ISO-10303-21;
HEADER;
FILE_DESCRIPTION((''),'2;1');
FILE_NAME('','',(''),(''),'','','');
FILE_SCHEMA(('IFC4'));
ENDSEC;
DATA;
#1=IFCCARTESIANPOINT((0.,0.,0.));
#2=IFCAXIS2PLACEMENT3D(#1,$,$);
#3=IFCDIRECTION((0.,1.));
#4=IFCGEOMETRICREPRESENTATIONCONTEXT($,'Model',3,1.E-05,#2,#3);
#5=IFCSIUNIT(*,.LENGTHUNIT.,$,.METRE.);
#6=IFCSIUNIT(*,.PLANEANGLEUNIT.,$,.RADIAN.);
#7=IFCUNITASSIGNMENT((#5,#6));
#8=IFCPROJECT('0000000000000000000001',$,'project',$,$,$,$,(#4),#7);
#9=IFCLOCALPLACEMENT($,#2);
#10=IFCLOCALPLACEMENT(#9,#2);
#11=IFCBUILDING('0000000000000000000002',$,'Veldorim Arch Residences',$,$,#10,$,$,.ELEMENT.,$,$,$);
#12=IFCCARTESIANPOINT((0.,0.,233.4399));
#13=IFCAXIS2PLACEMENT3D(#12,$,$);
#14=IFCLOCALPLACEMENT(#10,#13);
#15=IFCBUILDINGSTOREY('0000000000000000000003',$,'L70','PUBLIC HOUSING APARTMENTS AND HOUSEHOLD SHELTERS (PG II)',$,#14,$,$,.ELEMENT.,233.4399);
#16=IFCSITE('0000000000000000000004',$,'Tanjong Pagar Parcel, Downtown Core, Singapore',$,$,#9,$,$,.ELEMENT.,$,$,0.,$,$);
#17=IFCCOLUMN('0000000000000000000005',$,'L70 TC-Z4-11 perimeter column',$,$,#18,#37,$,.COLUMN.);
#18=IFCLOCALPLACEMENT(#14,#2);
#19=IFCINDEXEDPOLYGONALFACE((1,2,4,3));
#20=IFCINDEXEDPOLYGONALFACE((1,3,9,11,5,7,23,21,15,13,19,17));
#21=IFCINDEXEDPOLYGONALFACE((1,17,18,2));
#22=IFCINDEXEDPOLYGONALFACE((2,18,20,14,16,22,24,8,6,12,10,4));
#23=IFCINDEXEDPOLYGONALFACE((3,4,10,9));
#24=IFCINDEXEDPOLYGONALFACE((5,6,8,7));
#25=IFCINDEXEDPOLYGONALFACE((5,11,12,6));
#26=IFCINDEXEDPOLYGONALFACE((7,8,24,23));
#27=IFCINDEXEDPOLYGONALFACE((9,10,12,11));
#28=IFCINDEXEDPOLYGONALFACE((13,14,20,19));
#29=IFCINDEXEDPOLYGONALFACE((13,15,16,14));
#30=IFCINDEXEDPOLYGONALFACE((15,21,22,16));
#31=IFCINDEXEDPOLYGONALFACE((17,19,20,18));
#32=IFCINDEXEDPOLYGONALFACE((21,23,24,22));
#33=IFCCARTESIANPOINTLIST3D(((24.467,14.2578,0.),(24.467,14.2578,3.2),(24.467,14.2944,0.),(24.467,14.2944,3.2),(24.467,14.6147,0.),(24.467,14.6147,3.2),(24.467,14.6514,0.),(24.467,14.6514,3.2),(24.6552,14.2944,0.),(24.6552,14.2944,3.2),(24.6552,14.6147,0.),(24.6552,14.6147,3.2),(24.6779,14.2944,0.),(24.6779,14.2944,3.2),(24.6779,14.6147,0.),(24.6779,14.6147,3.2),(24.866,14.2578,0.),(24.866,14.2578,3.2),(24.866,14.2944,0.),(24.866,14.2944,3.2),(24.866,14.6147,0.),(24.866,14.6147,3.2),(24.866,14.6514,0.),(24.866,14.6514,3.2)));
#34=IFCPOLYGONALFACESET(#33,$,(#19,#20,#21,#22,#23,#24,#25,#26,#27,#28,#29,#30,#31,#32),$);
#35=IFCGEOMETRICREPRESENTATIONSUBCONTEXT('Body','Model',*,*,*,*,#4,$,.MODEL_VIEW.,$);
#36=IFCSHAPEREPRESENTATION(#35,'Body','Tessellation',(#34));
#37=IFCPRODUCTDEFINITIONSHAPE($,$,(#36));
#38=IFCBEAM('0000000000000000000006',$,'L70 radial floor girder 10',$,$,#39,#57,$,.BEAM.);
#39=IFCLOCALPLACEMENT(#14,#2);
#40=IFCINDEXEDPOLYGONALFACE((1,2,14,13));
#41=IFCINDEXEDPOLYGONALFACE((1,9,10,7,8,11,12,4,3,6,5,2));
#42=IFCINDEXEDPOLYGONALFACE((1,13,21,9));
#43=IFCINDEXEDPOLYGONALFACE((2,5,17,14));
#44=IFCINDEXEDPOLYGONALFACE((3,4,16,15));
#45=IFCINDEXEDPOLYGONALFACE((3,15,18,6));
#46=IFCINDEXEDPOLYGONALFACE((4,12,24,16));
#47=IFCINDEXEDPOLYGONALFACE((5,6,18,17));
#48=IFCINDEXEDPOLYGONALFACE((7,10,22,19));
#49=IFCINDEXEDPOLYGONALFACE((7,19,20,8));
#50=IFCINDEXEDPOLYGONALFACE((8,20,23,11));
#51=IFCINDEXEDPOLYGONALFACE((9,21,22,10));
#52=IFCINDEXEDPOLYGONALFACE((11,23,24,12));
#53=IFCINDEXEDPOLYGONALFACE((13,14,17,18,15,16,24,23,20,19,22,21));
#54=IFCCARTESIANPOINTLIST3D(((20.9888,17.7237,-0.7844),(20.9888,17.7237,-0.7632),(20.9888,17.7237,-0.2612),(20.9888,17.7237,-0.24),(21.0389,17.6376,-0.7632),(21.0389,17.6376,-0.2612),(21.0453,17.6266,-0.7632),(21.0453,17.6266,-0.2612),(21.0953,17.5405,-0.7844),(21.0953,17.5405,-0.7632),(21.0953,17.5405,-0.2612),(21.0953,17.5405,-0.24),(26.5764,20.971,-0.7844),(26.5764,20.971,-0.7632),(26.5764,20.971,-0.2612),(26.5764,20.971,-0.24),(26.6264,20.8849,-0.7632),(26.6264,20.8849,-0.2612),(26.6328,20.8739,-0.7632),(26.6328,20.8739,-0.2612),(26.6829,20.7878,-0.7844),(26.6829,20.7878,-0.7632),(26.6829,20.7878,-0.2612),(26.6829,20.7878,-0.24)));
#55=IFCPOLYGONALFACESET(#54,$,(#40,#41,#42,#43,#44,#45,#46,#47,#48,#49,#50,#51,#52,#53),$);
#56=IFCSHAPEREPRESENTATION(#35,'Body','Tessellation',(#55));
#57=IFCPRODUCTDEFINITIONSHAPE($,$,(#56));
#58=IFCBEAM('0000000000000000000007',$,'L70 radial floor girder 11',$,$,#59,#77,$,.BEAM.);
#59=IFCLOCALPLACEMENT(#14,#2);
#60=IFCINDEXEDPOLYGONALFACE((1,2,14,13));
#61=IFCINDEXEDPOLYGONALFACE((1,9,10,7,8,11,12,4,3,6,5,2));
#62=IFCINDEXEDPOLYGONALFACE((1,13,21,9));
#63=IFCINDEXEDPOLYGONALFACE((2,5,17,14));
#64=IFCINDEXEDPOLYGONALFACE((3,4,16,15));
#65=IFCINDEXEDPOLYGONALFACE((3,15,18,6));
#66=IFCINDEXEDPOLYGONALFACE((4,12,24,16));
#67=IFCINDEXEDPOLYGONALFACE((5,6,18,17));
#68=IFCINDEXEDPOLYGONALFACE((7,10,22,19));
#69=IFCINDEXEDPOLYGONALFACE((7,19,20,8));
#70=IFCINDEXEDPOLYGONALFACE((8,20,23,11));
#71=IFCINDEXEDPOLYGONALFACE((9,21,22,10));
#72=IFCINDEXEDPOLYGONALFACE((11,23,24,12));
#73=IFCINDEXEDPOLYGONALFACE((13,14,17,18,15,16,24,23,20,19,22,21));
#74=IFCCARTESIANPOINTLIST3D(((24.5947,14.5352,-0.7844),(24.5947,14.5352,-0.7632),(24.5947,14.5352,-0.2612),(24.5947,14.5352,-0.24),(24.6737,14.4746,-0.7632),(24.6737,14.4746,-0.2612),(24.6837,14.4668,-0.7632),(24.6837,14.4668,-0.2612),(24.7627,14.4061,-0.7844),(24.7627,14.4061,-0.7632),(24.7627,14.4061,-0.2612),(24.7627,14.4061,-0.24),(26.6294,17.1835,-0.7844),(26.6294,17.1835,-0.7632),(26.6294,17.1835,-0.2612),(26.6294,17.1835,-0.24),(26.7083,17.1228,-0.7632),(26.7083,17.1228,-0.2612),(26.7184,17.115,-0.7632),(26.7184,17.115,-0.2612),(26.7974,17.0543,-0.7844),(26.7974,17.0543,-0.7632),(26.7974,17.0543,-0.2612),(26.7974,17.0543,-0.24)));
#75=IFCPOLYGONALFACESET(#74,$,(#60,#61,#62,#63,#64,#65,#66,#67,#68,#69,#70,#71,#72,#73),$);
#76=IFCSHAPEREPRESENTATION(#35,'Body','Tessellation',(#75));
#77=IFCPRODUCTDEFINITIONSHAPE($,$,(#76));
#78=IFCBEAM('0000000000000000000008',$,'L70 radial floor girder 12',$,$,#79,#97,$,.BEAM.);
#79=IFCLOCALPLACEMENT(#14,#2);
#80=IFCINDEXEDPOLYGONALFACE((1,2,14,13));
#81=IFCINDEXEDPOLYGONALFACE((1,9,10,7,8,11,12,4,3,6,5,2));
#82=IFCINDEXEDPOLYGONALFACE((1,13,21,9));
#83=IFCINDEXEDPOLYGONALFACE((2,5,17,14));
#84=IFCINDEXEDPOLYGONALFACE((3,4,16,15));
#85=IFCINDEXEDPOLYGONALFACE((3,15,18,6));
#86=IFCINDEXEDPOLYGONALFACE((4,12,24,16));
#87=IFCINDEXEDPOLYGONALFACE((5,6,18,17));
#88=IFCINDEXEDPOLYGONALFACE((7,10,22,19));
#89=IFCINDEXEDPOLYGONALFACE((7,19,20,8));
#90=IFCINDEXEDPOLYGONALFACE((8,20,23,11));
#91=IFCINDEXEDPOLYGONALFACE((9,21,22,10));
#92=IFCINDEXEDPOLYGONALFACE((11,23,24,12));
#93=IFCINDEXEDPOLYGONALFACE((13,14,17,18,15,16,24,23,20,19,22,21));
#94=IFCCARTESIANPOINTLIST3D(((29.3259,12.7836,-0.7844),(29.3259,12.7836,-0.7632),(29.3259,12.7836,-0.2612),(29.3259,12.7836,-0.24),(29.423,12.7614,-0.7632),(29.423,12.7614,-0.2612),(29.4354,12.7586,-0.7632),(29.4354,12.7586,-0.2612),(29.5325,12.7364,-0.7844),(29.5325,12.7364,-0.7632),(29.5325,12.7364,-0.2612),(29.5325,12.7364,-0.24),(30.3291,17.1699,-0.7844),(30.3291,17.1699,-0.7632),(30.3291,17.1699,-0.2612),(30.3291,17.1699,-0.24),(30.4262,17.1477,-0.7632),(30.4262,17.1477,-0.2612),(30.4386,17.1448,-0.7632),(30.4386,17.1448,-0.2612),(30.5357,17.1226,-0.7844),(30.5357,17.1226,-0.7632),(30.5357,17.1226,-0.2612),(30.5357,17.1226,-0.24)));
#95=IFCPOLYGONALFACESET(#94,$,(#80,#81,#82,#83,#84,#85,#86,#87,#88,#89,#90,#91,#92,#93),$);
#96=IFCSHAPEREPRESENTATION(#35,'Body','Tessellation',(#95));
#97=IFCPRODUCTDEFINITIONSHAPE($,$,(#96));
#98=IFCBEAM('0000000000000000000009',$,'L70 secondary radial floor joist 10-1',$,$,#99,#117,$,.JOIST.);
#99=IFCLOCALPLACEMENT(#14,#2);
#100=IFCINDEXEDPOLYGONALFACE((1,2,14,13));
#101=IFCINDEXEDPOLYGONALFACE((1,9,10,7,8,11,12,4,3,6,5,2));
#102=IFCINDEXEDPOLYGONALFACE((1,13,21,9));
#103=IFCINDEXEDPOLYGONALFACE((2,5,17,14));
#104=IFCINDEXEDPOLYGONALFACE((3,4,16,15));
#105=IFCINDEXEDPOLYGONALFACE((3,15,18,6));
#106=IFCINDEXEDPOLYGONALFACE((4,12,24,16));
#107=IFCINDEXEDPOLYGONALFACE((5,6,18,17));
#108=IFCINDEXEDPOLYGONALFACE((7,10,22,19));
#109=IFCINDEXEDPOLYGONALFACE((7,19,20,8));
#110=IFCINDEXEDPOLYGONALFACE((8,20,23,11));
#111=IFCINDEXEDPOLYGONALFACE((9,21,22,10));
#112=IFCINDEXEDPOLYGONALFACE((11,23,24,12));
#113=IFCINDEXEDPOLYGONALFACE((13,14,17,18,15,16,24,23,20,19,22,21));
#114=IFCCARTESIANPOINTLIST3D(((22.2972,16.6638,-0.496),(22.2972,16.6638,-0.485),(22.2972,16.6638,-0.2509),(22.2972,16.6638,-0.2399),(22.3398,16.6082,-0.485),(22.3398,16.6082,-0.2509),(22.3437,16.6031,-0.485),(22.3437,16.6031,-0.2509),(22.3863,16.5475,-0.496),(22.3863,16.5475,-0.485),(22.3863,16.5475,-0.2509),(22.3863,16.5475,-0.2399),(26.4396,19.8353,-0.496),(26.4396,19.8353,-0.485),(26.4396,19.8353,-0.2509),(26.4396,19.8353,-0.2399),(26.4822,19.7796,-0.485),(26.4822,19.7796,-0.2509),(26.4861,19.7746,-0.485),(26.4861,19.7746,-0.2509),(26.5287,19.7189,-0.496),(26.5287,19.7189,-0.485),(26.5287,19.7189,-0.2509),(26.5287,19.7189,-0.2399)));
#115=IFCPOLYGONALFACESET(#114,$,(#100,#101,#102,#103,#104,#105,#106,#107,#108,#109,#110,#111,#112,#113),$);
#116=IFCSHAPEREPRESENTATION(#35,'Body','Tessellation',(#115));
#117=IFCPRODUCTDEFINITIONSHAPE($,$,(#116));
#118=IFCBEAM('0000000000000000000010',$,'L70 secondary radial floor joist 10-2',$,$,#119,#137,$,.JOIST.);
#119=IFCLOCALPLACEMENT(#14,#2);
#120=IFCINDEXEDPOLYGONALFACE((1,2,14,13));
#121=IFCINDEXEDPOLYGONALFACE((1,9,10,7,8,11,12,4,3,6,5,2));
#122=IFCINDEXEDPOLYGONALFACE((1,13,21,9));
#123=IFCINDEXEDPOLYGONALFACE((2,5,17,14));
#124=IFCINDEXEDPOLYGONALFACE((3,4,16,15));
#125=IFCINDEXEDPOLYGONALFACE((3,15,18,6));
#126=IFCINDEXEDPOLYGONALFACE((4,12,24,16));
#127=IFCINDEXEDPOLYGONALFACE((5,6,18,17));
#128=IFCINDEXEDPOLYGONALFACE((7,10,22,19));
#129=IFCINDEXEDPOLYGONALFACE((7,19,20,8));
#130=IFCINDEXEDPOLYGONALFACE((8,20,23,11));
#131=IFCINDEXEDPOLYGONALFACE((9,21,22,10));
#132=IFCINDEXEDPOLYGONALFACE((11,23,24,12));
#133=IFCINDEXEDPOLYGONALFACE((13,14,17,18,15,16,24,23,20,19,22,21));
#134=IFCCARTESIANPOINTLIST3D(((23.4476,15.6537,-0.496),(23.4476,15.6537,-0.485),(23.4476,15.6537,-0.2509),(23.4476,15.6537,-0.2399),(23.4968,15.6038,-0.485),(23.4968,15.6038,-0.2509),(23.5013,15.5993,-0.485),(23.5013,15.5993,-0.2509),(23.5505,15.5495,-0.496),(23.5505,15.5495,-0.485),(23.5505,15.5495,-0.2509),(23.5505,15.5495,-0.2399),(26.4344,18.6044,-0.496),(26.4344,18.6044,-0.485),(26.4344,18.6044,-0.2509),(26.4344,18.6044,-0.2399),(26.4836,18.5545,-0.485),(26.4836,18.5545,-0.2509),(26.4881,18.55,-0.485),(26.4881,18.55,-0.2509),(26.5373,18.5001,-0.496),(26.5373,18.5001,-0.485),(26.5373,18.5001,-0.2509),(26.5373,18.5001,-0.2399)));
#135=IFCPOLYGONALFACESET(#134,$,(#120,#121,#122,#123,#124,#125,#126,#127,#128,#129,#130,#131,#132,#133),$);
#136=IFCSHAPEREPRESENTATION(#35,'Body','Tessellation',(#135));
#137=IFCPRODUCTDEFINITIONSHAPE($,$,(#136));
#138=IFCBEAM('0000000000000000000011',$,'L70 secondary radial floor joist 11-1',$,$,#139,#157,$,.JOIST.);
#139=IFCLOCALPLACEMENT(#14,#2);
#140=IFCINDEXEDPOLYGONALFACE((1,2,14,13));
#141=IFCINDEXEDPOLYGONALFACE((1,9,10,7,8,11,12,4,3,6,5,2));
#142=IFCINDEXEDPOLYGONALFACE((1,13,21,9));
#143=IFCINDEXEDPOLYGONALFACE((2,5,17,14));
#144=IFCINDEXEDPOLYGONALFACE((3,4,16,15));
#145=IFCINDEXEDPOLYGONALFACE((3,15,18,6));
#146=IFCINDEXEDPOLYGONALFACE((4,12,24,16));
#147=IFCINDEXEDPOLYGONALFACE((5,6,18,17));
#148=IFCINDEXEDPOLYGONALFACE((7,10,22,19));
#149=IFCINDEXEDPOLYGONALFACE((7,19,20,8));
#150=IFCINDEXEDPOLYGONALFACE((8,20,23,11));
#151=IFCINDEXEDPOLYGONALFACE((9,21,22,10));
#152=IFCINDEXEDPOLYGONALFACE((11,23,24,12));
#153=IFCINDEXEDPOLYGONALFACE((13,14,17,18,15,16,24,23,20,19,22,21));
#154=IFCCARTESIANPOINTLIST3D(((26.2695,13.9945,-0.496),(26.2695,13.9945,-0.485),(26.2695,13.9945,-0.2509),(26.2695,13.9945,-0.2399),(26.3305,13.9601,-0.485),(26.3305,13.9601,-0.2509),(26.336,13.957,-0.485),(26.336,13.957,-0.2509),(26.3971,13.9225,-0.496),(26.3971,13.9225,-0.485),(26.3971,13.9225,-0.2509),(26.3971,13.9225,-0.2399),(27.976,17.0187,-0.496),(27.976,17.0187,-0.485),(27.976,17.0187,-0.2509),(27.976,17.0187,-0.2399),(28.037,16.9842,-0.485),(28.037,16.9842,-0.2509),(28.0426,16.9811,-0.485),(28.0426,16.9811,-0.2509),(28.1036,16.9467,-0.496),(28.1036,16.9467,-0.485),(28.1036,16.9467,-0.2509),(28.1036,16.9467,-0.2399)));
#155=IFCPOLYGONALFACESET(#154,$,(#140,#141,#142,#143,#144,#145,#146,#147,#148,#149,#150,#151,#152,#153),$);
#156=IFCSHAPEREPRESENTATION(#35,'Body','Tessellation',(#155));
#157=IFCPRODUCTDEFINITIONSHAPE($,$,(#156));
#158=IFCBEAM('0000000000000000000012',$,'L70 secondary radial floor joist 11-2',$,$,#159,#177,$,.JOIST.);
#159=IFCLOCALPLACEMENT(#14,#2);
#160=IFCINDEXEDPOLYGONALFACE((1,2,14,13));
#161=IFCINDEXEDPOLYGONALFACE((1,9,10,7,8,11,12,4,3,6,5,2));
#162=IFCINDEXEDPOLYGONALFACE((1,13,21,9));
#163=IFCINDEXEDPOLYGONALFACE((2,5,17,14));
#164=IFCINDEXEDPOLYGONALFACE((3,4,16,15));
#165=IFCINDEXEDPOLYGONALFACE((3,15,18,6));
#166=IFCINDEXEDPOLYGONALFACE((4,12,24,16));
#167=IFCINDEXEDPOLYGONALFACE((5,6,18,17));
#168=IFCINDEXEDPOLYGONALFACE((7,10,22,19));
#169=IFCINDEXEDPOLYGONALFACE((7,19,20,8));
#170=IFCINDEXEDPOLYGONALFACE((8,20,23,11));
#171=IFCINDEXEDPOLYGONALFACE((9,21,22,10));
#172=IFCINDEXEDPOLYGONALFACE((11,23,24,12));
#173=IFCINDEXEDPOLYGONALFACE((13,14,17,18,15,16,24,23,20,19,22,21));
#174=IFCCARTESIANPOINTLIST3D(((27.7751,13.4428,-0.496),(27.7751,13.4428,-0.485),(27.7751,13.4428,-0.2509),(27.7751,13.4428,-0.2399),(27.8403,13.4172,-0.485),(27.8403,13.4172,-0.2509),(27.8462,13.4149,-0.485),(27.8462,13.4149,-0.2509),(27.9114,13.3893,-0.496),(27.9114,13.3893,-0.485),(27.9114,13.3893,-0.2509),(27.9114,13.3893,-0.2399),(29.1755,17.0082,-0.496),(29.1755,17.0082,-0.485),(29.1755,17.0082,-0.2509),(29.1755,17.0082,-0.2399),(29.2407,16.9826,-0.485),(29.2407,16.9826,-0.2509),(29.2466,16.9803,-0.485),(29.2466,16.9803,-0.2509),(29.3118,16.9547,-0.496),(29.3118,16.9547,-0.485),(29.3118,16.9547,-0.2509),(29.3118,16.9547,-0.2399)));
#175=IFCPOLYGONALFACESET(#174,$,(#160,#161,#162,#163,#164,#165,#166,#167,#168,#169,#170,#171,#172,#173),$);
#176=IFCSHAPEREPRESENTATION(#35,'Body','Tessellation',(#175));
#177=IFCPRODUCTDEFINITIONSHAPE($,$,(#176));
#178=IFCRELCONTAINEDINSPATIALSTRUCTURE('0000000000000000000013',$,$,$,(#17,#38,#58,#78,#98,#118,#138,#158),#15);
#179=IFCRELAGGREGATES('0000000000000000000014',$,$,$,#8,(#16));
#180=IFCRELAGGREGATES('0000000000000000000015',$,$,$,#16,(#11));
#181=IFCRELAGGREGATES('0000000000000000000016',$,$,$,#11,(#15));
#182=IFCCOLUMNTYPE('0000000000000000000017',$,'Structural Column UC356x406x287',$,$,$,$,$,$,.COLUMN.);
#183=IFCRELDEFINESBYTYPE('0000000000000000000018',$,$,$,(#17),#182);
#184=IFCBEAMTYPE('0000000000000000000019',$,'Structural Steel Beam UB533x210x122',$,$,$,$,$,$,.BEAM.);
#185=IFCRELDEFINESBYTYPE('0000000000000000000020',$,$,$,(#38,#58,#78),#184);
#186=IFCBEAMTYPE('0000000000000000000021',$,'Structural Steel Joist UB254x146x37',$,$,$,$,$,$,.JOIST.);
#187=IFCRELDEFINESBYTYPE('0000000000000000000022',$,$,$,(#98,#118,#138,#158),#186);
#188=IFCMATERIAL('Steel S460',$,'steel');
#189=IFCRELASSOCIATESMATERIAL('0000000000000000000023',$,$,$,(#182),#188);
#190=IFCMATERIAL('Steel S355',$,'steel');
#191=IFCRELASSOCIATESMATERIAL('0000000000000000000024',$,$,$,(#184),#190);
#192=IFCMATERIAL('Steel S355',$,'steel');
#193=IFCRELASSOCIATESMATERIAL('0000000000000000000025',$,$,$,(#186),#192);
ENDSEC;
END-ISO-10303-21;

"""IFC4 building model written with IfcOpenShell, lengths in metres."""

from ifc_helpers import new_model, si_unit, direction, frame, origin, origin_2d, place, context, subcontext, project, spatial, i_section, extrude, material, material_profile, profile_set, type_object, element, save


model = new_model("IFC4")

# Units and contexts
model_context = context("Model", 3, precision=1e-05, world=origin(), true_north=direction((0.0, 1.0)))
body_context = subcontext(model_context, "Body", "Model", "MODEL_VIEW")
ifc_project = project(units=[si_unit("LENGTHUNIT", "METRE"), si_unit("PLANEANGLEUNIT", "RADIAN")], contexts=[model_context])

# Site, building, storey
site_placement = place(None, origin())
site = spatial("IfcSite", under=ifc_project, at=site_placement, Name="Tanjong Pagar Parcel, Downtown Core, Singapore", CompositionType="ELEMENT", RefElevation=0.0)
building_placement = place(site_placement, origin())
building = spatial("IfcBuilding", under=site, at=building_placement, Name="Veldorim Arch Residences", CompositionType="ELEMENT")
storey_placement = place(building_placement, frame((0.0, 0.0, 233.4399)))
storey = spatial("IfcBuildingStorey", under=building, at=storey_placement, Name="L70", Description="PUBLIC HOUSING APARTMENTS AND HOUSEHOLD SHELTERS (PG II)", CompositionType="ELEMENT", Elevation=233.4399)

# Column
ifc_material_1 = material(Name="Steel S460", Category="steel")
ifc_material_profile_1 = material_profile(ifc_material_1, i_section(OverallWidth=0.3989, OverallDepth=0.3936, WebThickness=0.0227, FlangeThickness=0.0366, at=origin_2d()), Name="UC356x406x287")
ifc_profile_set_1 = profile_set([ifc_material_profile_1], Name="Steel S460")
column_type = type_object("IfcColumnType", Name="Structural Column UC356x406x287", PredefinedType="COLUMN", material=ifc_profile_set_1)
column_placement = place(storey_placement, frame((24.6665, 14.4546, 0.0), z_axis=(0.0, 0.0, 1.0), x_axis=(1.0, 0.0, 0.0)))
element("IfcColumn", 1, at=column_placement, inside=storey, type_object=column_type, Name="L70 TC-Z4-11 perimeter column", PredefinedType="COLUMN", context=body_context, shape_type="SweptSolid", body=[
    extrude(i_section(OverallWidth=0.3989, OverallDepth=0.3936, WebThickness=0.0227, FlangeThickness=0.0366, at=origin_2d()), origin(), (0.0, 0.0, 1.0), 3.2),
])

# Beams
ifc_material_2 = material(Name="Steel S355", Category="steel")
ifc_material_profile_2 = material_profile(ifc_material_2, i_section(OverallWidth=0.2119, OverallDepth=0.5444, WebThickness=0.0127, FlangeThickness=0.0212, at=origin_2d()), Name="UB533x210x122")
ifc_profile_set_2 = profile_set([ifc_material_profile_2], Name="Steel S355")
beam_type_1 = type_object("IfcBeamType", Name="Structural Steel Beam UB533x210x122", PredefinedType="BEAM", material=ifc_profile_set_2)
beam_1_placement = place(storey_placement, frame((26.6296, 20.8794, -0.5122), z_axis=(-0.864596, -0.502468, 0.0), x_axis=(0.502468, -0.864596, 0.0)))
element("IfcBeam", 2, at=beam_1_placement, inside=storey, type_object=beam_type_1, Name="L70 radial floor girder 10", PredefinedType="BEAM", context=body_context, shape_type="SweptSolid", body=[
    extrude(i_section(OverallWidth=0.2119, OverallDepth=0.5444, WebThickness=0.0127, FlangeThickness=0.0212, at=origin_2d()), origin(), (0.0, 0.0, 1.0), 6.4626),
])
beam_2_placement = place(storey_placement, frame((26.7134, 17.1189, -0.5122), z_axis=(-0.609258, -0.792972, 0.0), x_axis=(0.792972, -0.609258, 0.0)))
element("IfcBeam", 3, at=beam_2_placement, inside=storey, type_object=beam_type_1, Name="L70 radial floor girder 11", PredefinedType="BEAM", context=body_context, shape_type="SweptSolid", body=[
    extrude(i_section(OverallWidth=0.2119, OverallDepth=0.5444, WebThickness=0.0127, FlangeThickness=0.0212, at=origin_2d()), origin(), (0.0, 0.0, 1.0), 3.3396),
])
beam_3_placement = place(storey_placement, frame((30.4324, 17.1462, -0.5122), z_axis=(-0.222953, -0.974829, 0.0), x_axis=(0.974829, -0.222953, 0.0)))
element("IfcBeam", 4, at=beam_3_placement, inside=storey, type_object=beam_type_1, Name="L70 radial floor girder 12", PredefinedType="BEAM", context=body_context, shape_type="SweptSolid", body=[
    extrude(i_section(OverallWidth=0.2119, OverallDepth=0.5444, WebThickness=0.0127, FlangeThickness=0.0212, at=origin_2d()), origin(), (0.0, 0.0, 1.0), 4.4995),
])
ifc_material_3 = material(Name="Steel S355", Category="steel")
ifc_material_profile_3 = material_profile(ifc_material_3, i_section(OverallWidth=0.1465, OverallDepth=0.2561, WebThickness=0.0063, FlangeThickness=0.011, at=origin_2d()), Name="UB254x146x37")
ifc_profile_set_3 = profile_set([ifc_material_profile_3], Name="Steel S355")
beam_type_2 = type_object("IfcBeamType", Name="Structural Steel Joist UB254x146x37", PredefinedType="JOIST", material=ifc_profile_set_3)
beam_4_placement = place(storey_placement, frame((26.4841, 19.7771, -0.3679), z_axis=(-0.794014, -0.6079, 0.0), x_axis=(0.6079, -0.794014, 0.0)))
element("IfcBeam", 5, at=beam_4_placement, inside=storey, type_object=beam_type_2, Name="L70 secondary radial floor joist 10-1", PredefinedType="JOIST", context=body_context, shape_type="SweptSolid", body=[
    extrude(i_section(OverallWidth=0.1465, OverallDepth=0.2561, WebThickness=0.0063, FlangeThickness=0.011, at=origin_2d()), origin(), (0.0, 0.0, 1.0), 5.217),
])
beam_5_placement = place(storey_placement, frame((26.4858, 18.5522, -0.3679), z_axis=(-0.711397, -0.702791, 0.0), x_axis=(0.702791, -0.711397, 0.0)))
element("IfcBeam", 6, at=beam_5_placement, inside=storey, type_object=beam_type_2, Name="L70 secondary radial floor joist 10-2", PredefinedType="JOIST", context=body_context, shape_type="SweptSolid", body=[
    extrude(i_section(OverallWidth=0.1465, OverallDepth=0.2561, WebThickness=0.0063, FlangeThickness=0.011, at=origin_2d()), origin(), (0.0, 0.0, 1.0), 4.1985),
])
beam_6_placement = place(storey_placement, frame((28.0398, 16.9827, -0.3679), z_axis=(-0.491452, -0.870904, 0.0), x_axis=(0.870904, -0.491452, 0.0)))
element("IfcBeam", 7, at=beam_6_placement, inside=storey, type_object=beam_type_2, Name="L70 secondary radial floor joist 11-1", PredefinedType="JOIST", context=body_context, shape_type="SweptSolid", body=[
    extrude(i_section(OverallWidth=0.1465, OverallDepth=0.2561, WebThickness=0.0063, FlangeThickness=0.011, at=origin_2d()), origin(), (0.0, 0.0, 1.0), 3.4724),
])
beam_7_placement = place(storey_placement, frame((29.2437, 16.9814, -0.3679), z_axis=(-0.365581, -0.930779, 0.0), x_axis=(0.930779, -0.365581, 0.0)))
element("IfcBeam", 8, at=beam_7_placement, inside=storey, type_object=beam_type_2, Name="L70 secondary radial floor joist 11-2", PredefinedType="JOIST", context=body_context, shape_type="SweptSolid", body=[
    extrude(i_section(OverallWidth=0.1465, OverallDepth=0.2561, WebThickness=0.0063, FlangeThickness=0.011, at=origin_2d()), origin(), (0.0, 0.0, 1.0), 3.8306),
])

save(model, "model.ifc")
